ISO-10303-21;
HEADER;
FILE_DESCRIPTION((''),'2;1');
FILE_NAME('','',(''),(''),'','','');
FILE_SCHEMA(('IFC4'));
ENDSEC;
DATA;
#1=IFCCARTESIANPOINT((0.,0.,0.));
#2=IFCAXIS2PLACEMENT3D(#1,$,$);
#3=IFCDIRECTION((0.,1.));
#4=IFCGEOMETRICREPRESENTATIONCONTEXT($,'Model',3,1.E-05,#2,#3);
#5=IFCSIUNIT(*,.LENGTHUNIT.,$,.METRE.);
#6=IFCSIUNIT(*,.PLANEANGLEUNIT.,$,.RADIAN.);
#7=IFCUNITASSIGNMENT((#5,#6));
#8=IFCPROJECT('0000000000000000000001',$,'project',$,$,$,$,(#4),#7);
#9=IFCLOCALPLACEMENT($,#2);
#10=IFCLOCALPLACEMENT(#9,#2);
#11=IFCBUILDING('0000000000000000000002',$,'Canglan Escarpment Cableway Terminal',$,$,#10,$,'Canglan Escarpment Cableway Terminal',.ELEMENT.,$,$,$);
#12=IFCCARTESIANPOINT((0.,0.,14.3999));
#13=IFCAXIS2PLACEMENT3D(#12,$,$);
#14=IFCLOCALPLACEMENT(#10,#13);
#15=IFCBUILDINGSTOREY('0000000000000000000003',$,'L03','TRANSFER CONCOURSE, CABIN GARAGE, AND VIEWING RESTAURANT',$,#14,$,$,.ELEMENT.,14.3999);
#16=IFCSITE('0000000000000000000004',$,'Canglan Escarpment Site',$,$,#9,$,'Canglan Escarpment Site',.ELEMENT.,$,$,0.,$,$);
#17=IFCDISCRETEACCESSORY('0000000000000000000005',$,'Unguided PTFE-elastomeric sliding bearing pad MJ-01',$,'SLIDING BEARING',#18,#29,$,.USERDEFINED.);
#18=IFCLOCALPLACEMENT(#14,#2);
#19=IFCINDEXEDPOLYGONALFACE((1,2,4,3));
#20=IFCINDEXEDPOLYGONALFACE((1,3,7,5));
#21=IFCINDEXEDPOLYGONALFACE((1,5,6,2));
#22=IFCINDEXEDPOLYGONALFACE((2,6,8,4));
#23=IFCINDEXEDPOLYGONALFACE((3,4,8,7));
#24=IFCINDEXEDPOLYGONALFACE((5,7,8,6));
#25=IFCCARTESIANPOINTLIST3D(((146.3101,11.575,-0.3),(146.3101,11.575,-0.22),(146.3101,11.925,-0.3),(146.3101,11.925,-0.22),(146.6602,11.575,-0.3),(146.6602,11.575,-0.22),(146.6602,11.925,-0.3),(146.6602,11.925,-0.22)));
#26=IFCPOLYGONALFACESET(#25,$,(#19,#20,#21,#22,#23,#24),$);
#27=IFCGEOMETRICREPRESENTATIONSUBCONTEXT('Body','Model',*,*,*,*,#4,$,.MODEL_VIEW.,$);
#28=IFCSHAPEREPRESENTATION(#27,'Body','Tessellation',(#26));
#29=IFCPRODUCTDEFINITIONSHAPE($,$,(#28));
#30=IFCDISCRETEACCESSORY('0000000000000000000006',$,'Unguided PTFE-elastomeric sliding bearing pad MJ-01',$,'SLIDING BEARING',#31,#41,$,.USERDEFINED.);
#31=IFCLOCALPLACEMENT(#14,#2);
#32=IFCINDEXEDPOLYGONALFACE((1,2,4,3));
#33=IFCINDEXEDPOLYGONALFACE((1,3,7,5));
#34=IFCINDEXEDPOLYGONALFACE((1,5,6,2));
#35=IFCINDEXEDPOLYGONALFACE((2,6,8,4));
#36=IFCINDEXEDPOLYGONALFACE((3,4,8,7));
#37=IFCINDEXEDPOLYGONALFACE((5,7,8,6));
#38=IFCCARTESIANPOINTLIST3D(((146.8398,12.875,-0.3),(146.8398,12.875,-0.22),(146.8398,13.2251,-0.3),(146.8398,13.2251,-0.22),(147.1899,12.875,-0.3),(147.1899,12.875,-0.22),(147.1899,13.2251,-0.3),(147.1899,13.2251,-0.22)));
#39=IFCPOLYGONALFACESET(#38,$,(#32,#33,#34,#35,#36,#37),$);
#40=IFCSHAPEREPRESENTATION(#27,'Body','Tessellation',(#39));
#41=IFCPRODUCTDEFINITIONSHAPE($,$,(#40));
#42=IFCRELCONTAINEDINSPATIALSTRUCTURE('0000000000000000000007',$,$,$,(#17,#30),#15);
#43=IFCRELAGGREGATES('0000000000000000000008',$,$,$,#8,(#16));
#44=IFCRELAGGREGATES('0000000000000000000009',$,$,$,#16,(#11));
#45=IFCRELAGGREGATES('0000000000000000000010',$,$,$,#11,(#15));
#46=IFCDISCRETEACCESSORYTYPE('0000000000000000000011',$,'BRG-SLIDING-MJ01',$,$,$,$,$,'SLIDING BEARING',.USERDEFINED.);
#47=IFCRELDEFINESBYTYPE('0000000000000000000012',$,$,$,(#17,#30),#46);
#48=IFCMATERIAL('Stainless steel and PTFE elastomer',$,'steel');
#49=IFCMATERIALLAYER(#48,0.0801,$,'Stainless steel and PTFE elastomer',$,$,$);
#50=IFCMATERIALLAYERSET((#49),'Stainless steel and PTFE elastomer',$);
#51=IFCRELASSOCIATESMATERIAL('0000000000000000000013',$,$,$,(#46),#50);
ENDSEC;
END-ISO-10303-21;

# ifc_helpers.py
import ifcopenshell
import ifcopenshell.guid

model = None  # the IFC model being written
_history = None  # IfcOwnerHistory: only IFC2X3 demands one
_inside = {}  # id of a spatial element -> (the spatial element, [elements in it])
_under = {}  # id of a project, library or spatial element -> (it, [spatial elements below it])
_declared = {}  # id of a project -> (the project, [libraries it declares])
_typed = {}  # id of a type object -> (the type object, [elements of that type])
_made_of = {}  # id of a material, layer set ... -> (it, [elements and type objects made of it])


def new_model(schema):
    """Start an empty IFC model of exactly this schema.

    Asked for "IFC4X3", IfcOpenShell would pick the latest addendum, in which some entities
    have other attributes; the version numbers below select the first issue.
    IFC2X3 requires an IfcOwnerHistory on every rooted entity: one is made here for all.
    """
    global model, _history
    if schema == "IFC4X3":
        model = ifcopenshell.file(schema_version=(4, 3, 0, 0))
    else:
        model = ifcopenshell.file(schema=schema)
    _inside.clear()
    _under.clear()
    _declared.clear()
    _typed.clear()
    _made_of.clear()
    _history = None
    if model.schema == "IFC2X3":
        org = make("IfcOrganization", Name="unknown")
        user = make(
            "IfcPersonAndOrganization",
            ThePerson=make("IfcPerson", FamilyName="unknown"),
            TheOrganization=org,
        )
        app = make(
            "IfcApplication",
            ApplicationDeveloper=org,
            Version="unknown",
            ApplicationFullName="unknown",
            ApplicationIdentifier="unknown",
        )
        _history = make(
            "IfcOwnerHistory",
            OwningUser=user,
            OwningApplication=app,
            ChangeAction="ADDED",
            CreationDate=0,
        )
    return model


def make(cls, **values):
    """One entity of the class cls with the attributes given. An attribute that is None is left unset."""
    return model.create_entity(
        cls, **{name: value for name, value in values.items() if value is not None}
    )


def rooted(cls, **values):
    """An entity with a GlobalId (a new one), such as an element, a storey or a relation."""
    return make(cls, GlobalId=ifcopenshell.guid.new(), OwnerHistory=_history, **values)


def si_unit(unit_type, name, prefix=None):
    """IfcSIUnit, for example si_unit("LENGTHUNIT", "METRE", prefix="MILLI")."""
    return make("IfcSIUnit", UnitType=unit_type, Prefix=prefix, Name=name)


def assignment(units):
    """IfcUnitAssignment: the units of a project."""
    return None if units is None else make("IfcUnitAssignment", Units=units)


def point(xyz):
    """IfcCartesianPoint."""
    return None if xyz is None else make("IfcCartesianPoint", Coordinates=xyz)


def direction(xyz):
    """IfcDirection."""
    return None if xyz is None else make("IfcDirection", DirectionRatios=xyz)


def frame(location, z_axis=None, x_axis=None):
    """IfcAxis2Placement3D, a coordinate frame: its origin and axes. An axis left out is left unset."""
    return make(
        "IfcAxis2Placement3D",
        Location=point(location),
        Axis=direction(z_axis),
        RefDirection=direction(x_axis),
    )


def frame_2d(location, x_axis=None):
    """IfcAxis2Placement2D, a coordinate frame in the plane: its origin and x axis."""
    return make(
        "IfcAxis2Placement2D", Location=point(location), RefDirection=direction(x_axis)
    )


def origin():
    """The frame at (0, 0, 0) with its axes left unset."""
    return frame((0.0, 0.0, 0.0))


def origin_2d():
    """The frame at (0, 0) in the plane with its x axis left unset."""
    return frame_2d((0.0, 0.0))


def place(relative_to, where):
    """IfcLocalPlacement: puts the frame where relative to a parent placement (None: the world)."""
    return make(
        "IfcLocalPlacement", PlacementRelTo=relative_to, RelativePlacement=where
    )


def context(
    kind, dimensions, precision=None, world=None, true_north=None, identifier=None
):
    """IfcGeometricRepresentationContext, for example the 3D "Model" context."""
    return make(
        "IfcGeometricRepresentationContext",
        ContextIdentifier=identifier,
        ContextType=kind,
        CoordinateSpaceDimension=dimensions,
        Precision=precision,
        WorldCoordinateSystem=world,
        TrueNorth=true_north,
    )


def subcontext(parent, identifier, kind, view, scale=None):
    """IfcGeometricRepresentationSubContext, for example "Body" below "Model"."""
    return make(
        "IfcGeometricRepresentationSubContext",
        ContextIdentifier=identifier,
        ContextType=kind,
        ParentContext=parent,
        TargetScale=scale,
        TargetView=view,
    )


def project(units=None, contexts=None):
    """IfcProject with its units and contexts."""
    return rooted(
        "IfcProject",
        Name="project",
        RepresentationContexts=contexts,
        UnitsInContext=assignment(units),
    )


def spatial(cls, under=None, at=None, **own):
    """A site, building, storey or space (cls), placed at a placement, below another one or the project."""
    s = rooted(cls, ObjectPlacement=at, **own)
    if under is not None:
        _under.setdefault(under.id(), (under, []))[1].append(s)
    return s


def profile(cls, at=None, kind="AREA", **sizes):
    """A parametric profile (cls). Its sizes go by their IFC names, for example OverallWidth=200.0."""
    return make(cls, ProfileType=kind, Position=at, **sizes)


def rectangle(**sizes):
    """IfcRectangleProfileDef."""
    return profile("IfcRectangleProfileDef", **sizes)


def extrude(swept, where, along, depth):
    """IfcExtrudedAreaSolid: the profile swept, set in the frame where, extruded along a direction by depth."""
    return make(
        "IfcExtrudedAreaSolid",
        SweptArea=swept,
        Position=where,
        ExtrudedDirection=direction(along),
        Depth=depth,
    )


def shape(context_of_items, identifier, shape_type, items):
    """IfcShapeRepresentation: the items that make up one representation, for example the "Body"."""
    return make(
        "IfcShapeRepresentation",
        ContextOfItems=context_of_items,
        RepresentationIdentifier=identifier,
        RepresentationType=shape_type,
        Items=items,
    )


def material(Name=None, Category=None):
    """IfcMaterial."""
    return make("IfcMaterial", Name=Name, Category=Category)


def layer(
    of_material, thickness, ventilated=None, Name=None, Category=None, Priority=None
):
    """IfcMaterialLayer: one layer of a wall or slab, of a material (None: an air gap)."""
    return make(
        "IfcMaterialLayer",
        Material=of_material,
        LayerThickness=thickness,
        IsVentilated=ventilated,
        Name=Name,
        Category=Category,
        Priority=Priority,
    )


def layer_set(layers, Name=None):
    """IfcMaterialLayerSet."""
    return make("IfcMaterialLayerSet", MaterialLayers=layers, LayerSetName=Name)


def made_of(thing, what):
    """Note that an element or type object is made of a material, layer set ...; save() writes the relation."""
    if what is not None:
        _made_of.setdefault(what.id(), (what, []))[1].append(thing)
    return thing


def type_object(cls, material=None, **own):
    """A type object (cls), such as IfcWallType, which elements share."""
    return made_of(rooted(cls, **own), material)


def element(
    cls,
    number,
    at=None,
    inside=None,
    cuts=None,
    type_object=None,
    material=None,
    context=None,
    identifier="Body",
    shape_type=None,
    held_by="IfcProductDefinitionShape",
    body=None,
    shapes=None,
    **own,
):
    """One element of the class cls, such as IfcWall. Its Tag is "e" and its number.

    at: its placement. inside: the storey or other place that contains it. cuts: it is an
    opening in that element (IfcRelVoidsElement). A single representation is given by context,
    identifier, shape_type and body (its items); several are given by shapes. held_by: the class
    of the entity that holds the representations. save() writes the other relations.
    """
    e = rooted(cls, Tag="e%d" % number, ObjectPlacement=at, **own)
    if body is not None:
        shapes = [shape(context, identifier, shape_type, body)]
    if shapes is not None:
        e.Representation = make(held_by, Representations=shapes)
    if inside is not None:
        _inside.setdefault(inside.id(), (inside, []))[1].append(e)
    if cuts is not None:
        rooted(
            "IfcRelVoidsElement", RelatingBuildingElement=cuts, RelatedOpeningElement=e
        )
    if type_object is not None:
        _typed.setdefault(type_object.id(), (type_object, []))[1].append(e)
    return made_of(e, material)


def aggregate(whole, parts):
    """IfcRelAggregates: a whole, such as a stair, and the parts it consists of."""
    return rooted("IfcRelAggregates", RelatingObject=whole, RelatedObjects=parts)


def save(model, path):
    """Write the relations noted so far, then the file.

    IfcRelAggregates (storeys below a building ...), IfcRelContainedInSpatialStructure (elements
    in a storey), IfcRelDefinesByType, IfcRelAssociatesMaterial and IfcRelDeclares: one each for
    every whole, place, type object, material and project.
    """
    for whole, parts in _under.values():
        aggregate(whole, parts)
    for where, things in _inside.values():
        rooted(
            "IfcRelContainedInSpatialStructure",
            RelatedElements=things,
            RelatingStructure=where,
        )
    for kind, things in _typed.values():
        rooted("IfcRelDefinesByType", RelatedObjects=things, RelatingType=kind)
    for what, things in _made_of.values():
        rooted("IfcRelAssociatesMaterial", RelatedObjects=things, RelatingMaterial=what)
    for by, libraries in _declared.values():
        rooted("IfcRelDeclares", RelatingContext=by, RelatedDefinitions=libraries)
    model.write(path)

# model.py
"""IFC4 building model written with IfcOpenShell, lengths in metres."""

from ifc_helpers import new_model, si_unit, direction, frame, origin, origin_2d, place, context, subcontext, project, spatial, rectangle, extrude, material, layer, layer_set, type_object, element, save


model = new_model("IFC4")

# Units and contexts
model_context = context("Model", 3, precision=1e-05, world=origin(), true_north=direction((0.0, 1.0)))
body_context = subcontext(model_context, "Body", "Model", "MODEL_VIEW")
ifc_project = project(units=[si_unit("LENGTHUNIT", "METRE"), si_unit("PLANEANGLEUNIT", "RADIAN")], contexts=[model_context])

# Site, building, storey
site_placement = place(None, origin())
site = spatial("IfcSite", under=ifc_project, at=site_placement, Name="Canglan Escarpment Site", LongName="Canglan Escarpment Site", CompositionType="ELEMENT", RefElevation=0.0)
building_placement = place(site_placement, origin())
building = spatial("IfcBuilding", under=site, at=building_placement, Name="Canglan Escarpment Cableway Terminal", LongName="Canglan Escarpment Cableway Terminal", CompositionType="ELEMENT")
storey_placement = place(building_placement, frame((0.0, 0.0, 14.3999)))
storey = spatial("IfcBuildingStorey", under=building, at=storey_placement, Name="L03", Description="TRANSFER CONCOURSE, CABIN GARAGE, AND VIEWING RESTAURANT", CompositionType="ELEMENT", Elevation=14.3999)

# Discrete accessories
ifc_material_1 = material(Name="Stainless steel and PTFE elastomer", Category="steel")
ifc_layer_1 = layer(ifc_material_1, 0.0801, Name="Stainless steel and PTFE elastomer")
ifc_layer_set_1 = layer_set([ifc_layer_1], Name="Stainless steel and PTFE elastomer")
discrete_accessory_type_1 = type_object("IfcDiscreteAccessoryType", Name="BRG-SLIDING-MJ01", ElementType="SLIDING BEARING", PredefinedType="USERDEFINED", material=ifc_layer_set_1)
for number, where, z_axis, x_axis, name in (
    (1, (146.4851, 11.75, -0.3), (0.0, 0.0, 1.0), (1.0, 0.0, 0.0), "Unguided PTFE-elastomeric sliding bearing pad MJ-01"),
    (2, (147.0149, 13.05, -0.3), (0.0, 0.0, 1.0), (1.0, 0.0, 0.0), "Unguided PTFE-elastomeric sliding bearing pad MJ-01"),
):
    element("IfcDiscreteAccessory", number, at=place(storey_placement, frame(where, z_axis=z_axis, x_axis=x_axis)), inside=storey, type_object=discrete_accessory_type_1, Name=name, ObjectType="SLIDING BEARING", PredefinedType="USERDEFINED", context=body_context, shape_type="SweptSolid", body=[
        extrude(rectangle(XDim=0.3501, YDim=0.3501, at=origin_2d()), origin(), (0.0, 0.0, 1.0), 0.0801),
    ])

save(model, "model.ifc")
